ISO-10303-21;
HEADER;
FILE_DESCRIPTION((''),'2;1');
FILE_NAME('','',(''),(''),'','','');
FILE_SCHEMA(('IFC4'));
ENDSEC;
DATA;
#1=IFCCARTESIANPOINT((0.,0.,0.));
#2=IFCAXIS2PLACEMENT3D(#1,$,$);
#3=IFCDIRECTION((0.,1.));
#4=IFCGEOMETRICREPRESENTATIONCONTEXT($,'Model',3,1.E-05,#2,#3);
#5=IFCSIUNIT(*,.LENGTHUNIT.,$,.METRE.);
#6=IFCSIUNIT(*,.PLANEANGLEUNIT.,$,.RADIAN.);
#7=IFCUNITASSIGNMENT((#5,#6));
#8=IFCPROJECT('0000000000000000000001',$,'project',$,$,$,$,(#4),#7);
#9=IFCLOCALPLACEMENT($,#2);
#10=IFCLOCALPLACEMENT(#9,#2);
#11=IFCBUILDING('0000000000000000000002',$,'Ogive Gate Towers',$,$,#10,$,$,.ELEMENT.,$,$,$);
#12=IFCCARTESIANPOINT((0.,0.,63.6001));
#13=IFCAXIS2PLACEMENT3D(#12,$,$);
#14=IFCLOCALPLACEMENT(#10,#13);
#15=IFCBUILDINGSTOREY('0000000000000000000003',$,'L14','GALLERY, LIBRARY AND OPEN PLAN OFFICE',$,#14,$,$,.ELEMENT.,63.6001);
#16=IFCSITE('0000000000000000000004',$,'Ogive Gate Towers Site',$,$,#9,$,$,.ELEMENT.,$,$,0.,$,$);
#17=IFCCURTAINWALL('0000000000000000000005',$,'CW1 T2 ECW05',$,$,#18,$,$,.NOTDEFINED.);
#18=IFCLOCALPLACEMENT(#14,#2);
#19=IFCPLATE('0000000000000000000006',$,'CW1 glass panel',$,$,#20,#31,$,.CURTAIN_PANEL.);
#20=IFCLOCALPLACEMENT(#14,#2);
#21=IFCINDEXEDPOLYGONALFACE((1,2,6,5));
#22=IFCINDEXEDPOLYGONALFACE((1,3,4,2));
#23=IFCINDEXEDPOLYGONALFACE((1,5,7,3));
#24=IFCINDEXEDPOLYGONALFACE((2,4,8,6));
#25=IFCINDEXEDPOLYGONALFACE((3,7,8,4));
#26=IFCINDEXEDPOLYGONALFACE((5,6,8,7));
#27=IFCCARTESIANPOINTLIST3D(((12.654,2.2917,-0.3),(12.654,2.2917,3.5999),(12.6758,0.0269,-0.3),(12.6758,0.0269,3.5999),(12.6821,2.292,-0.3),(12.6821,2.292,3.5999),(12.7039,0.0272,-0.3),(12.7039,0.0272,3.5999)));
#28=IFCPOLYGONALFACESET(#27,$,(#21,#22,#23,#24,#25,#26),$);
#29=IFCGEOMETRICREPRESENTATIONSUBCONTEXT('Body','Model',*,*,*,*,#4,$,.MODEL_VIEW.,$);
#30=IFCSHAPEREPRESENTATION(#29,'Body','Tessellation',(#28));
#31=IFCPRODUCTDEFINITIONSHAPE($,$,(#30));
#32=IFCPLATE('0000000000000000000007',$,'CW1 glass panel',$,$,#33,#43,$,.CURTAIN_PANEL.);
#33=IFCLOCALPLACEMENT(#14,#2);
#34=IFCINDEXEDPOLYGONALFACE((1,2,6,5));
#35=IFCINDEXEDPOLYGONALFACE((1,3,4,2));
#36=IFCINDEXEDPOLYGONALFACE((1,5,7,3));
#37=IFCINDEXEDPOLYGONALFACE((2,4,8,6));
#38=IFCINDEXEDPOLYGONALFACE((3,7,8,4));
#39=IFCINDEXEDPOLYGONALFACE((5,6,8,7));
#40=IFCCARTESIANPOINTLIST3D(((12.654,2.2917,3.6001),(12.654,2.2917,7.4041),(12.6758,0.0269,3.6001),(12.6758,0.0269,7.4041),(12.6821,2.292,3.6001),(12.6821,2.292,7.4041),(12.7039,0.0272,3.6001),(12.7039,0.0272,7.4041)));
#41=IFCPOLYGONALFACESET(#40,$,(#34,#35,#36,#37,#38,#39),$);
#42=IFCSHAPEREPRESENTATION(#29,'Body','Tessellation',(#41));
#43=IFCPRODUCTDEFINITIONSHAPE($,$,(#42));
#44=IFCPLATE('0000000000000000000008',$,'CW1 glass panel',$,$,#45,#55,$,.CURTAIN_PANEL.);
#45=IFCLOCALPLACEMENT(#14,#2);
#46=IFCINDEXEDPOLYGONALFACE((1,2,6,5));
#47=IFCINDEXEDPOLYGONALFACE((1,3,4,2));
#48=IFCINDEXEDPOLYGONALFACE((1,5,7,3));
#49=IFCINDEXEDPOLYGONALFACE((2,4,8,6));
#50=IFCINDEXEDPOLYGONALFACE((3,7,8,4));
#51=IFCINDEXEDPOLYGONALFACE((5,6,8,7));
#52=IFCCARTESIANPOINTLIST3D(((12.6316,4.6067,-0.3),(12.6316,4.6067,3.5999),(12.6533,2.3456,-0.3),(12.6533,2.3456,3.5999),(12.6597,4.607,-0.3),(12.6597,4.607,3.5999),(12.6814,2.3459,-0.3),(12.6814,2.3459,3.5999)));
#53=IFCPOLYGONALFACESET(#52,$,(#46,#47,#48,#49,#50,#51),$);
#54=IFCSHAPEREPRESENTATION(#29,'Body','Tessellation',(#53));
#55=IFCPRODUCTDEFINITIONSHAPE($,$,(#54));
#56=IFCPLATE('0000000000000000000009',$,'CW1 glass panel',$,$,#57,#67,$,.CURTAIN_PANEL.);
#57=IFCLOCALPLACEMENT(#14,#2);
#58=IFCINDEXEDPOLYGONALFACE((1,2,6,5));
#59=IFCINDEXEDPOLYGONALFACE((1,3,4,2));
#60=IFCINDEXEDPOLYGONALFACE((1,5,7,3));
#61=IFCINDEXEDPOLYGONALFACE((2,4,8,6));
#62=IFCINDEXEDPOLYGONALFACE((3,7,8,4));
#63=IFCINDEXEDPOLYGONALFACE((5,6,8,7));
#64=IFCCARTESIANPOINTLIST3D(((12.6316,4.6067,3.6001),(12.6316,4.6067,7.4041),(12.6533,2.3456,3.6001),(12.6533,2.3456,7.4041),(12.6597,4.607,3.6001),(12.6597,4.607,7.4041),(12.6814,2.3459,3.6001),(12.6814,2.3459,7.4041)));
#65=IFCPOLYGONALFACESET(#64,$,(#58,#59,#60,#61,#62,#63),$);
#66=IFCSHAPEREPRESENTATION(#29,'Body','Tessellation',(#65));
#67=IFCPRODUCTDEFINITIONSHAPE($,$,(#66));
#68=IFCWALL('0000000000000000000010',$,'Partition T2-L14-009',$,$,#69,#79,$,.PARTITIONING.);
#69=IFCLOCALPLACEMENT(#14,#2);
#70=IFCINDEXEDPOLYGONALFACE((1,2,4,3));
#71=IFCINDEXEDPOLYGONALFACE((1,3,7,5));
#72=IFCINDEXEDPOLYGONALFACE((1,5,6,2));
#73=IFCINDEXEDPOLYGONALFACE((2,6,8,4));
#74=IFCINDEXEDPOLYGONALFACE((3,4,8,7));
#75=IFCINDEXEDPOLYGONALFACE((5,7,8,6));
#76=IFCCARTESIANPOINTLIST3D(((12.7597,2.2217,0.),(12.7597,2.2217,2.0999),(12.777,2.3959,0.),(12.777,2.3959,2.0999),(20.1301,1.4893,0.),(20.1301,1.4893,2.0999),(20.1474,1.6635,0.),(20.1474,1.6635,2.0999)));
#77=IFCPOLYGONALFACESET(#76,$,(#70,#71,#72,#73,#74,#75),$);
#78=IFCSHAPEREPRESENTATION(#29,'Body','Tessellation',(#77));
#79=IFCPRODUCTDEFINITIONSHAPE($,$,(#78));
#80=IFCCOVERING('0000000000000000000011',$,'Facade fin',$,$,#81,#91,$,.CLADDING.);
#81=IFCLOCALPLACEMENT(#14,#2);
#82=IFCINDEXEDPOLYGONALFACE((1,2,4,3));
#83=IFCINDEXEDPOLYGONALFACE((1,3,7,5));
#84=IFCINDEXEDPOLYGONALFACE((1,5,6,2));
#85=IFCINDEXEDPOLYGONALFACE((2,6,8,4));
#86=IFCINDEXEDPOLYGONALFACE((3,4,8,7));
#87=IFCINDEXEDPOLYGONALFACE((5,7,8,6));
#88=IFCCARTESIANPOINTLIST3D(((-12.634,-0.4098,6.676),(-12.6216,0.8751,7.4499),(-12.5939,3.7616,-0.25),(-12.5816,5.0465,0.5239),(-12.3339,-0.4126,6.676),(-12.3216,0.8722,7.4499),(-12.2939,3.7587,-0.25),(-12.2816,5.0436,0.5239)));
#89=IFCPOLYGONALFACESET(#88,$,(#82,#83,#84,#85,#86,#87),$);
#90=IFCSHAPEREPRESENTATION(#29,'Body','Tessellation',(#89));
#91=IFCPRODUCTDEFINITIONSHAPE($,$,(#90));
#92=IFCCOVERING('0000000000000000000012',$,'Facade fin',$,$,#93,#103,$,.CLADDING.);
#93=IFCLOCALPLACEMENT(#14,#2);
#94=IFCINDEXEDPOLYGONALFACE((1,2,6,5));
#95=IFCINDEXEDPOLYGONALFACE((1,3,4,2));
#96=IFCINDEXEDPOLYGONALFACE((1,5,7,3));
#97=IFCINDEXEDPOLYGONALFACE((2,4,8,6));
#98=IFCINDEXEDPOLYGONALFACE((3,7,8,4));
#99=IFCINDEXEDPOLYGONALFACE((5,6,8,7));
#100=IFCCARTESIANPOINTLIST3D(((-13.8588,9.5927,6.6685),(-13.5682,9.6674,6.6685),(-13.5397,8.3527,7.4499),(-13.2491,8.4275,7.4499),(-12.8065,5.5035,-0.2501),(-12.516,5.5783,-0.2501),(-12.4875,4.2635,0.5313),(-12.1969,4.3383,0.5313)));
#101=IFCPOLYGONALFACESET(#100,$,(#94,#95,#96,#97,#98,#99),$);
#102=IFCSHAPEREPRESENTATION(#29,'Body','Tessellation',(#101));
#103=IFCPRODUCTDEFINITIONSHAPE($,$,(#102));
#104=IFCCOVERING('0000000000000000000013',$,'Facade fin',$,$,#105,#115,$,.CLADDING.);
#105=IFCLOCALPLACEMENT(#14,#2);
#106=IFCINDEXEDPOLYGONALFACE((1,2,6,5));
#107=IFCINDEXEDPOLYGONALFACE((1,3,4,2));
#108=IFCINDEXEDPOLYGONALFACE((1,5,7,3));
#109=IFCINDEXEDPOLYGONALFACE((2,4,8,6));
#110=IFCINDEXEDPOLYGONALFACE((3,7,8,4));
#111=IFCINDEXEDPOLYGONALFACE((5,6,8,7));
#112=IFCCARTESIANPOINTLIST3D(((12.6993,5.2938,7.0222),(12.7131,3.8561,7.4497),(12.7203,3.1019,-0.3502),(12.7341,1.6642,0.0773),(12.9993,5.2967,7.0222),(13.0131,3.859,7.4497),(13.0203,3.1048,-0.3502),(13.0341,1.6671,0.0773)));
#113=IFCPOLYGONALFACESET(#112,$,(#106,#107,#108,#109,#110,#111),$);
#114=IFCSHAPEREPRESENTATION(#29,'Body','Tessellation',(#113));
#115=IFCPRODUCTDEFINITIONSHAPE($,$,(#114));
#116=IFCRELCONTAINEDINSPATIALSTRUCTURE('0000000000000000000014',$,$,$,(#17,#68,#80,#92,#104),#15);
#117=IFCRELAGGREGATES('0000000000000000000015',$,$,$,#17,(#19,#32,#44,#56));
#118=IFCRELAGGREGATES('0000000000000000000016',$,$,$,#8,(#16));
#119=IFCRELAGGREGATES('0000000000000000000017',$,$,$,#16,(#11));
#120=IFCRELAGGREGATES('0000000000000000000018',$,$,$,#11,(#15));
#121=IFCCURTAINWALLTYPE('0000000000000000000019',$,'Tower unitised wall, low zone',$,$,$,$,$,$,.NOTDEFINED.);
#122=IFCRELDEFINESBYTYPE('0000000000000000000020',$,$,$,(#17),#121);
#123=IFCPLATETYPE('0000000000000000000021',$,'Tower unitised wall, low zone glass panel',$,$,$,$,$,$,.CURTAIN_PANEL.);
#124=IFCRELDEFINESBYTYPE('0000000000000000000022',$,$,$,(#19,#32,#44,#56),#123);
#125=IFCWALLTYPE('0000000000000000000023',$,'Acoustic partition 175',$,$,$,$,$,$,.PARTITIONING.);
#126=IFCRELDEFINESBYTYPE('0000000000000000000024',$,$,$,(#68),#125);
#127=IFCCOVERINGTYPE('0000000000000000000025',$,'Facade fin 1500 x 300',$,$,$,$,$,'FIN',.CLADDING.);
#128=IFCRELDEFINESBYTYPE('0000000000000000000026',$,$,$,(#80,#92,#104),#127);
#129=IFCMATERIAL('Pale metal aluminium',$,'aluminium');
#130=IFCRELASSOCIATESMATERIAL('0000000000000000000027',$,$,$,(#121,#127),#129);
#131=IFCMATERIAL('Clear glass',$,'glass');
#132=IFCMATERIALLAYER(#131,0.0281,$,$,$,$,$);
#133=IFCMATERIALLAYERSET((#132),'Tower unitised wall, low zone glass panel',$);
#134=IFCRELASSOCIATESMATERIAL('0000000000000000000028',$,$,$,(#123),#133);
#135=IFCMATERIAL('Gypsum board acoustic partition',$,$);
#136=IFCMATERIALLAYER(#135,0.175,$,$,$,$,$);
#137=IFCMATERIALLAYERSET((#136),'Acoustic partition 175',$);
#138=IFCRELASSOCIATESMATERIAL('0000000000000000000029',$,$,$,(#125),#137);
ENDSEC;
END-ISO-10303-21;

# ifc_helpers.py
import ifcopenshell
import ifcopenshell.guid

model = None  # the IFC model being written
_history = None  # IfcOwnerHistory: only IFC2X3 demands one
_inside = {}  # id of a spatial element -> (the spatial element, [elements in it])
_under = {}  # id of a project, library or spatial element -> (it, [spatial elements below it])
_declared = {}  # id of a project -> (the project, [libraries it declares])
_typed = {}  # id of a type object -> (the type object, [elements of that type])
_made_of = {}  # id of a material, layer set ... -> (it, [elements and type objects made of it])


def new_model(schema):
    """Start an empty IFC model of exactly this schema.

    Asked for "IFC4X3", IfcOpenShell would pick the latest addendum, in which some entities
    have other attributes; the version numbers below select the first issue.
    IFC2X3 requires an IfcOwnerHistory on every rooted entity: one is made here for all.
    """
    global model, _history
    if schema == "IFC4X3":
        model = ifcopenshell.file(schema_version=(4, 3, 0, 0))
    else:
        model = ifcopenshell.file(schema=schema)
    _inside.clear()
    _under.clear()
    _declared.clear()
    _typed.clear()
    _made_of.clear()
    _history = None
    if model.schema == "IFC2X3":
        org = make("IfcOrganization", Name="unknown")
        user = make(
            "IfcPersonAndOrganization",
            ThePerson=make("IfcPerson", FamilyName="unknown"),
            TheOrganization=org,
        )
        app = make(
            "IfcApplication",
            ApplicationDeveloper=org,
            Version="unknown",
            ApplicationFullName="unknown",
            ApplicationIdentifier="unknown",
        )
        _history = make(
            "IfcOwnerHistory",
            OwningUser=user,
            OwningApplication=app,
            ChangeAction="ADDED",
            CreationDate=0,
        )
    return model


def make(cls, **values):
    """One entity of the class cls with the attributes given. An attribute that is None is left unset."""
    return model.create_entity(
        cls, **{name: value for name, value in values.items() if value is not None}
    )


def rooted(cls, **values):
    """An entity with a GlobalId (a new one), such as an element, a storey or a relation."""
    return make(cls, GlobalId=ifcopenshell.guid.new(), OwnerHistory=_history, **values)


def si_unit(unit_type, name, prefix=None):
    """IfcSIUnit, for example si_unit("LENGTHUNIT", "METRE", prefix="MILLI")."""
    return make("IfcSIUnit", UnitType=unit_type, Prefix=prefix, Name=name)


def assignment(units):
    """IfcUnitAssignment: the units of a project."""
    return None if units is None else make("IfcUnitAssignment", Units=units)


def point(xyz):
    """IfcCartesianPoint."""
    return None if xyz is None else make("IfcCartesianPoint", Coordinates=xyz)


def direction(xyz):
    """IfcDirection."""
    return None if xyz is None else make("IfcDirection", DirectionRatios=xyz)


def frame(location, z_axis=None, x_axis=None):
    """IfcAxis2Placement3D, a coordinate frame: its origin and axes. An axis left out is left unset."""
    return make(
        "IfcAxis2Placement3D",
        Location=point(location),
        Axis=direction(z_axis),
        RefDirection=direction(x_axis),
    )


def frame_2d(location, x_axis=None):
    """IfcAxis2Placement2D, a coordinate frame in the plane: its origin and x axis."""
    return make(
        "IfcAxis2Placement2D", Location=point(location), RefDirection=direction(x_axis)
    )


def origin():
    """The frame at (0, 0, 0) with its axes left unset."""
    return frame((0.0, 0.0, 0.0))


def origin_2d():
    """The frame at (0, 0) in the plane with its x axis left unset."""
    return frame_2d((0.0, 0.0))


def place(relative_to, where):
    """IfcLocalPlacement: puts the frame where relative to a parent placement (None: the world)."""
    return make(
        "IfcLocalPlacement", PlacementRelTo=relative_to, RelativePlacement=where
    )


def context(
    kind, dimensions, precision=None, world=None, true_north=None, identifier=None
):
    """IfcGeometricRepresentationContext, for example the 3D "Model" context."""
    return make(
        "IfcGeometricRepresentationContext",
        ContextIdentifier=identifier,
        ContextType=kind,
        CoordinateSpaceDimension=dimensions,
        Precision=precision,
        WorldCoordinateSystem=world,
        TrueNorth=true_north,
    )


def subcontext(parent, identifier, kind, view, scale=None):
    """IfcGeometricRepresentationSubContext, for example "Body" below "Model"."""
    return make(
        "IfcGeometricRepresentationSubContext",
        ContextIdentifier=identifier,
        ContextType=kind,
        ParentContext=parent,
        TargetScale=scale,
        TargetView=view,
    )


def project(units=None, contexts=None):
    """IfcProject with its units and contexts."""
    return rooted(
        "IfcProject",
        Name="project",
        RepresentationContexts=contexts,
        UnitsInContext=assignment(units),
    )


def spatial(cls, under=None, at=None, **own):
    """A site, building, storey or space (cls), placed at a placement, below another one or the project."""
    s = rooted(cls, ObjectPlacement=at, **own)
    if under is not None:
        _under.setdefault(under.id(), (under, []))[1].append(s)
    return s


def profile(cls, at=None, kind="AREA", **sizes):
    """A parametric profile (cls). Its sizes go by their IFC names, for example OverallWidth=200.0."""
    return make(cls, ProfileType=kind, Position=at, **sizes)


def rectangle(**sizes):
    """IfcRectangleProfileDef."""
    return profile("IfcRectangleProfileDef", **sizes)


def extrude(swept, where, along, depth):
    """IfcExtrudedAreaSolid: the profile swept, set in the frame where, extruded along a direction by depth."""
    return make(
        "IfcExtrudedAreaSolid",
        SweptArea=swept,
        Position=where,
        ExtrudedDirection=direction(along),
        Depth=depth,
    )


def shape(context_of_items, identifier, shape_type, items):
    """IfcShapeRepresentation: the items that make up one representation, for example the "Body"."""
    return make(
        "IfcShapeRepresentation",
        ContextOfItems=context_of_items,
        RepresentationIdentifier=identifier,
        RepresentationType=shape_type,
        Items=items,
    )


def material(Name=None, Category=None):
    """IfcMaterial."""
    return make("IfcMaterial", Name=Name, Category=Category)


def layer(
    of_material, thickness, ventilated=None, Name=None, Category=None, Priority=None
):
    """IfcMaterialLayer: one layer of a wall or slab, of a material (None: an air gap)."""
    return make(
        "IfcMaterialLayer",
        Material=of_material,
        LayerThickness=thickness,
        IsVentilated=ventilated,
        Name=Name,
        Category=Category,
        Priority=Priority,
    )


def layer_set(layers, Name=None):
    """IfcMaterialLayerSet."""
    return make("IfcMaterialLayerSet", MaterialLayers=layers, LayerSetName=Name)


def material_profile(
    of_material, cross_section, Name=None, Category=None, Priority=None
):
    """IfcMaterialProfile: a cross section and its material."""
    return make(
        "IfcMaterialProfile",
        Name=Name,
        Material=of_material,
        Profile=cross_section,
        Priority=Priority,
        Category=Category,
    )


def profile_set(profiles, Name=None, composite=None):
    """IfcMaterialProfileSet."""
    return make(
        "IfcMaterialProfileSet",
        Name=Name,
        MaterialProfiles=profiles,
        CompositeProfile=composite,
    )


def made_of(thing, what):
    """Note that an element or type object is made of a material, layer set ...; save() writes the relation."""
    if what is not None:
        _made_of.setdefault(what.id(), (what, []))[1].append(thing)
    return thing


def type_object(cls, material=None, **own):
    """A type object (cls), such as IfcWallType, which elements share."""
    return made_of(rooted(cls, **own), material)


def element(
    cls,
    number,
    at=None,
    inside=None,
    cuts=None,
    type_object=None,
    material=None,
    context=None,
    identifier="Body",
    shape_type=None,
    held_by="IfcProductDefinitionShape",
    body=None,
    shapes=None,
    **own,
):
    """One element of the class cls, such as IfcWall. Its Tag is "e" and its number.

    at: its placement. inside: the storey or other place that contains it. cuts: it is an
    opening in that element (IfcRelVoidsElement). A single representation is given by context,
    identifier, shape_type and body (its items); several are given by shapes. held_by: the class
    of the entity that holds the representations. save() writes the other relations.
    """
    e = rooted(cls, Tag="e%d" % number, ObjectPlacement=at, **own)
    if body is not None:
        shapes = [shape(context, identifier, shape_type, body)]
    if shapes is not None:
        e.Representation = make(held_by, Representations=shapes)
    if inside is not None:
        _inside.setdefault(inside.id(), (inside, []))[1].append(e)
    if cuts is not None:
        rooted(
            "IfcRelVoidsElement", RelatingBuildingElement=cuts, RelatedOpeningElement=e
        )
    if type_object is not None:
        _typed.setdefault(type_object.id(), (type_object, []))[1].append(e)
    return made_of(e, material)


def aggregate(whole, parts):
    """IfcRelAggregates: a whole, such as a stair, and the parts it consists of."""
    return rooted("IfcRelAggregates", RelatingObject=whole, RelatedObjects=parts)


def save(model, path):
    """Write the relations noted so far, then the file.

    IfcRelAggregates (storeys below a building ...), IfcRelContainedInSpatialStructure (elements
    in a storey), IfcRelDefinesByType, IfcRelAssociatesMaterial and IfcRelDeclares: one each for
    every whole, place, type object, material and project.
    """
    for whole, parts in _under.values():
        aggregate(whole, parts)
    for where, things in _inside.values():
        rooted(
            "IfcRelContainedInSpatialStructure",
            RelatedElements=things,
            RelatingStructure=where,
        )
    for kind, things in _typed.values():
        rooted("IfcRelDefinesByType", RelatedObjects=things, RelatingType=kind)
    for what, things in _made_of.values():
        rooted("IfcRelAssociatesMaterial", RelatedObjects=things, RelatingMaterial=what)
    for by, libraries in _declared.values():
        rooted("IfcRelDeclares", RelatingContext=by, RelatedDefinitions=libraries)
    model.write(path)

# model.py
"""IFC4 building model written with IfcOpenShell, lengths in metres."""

from ifc_helpers import new_model, si_unit, direction, frame, frame_2d, origin, origin_2d, place, context, subcontext, project, spatial, rectangle, extrude, material, layer, layer_set, material_profile, profile_set, type_object, element, aggregate, save


model = new_model("IFC4")

# Units and contexts
model_context = context("Model", 3, precision=1e-05, world=origin(), true_north=direction((0.0, 1.0)))
body_context = subcontext(model_context, "Body", "Model", "MODEL_VIEW")
ifc_project = project(units=[si_unit("LENGTHUNIT", "METRE"), si_unit("PLANEANGLEUNIT", "RADIAN")], contexts=[model_context])

# Site, building, storey
site_placement = place(None, origin())
site = spatial("IfcSite", under=ifc_project, at=site_placement, Name="Ogive Gate Towers Site", CompositionType="ELEMENT", RefElevation=0.0)
building_placement = place(site_placement, origin())
building = spatial("IfcBuilding", under=site, at=building_placement, Name="Ogive Gate Towers", CompositionType="ELEMENT")
storey_placement = place(building_placement, frame((0.0, 0.0, 63.6001)))
storey = spatial("IfcBuildingStorey", under=building, at=storey_placement, Name="L14", Description="GALLERY, LIBRARY AND OPEN PLAN OFFICE", CompositionType="ELEMENT", Elevation=63.6001)

# Shared definitions
ifc_material_1 = material(Name="Pale metal aluminium", Category="aluminium")
curtain_wall_type = type_object("IfcCurtainWallType", Name="Tower unitised wall, low zone", PredefinedType="NOTDEFINED", material=ifc_material_1)

# Curtain wall
curtain_wall_1_placement = place(storey_placement, origin())
curtain_wall_1 = element("IfcCurtainWall", 1, at=curtain_wall_1_placement, inside=storey, type_object=curtain_wall_type, Name="CW1 T2 ECW05", PredefinedType="NOTDEFINED")

# Plates
ifc_material_2 = material(Name="Clear glass", Category="glass")
ifc_layer_1 = layer(ifc_material_2, 0.0281)
ifc_layer_set_1 = layer_set([ifc_layer_1], Name="Tower unitised wall, low zone glass panel")
plate_type = type_object("IfcPlateType", Name="Tower unitised wall, low zone glass panel", PredefinedType="CURTAIN_PANEL", material=ifc_layer_set_1)
plate_1_placement = place(storey_placement, frame((12.679, 1.1594, -0.3), z_axis=(0.0, 0.0, 1.0), x_axis=(-0.009617, 0.999954, 0.0)))
plate_1 = element("IfcPlate", 2, at=plate_1_placement, type_object=plate_type, Name="CW1 glass panel", PredefinedType="CURTAIN_PANEL", context=body_context, shape_type="SweptSolid", body=[
    extrude(rectangle(XDim=2.2649, YDim=0.0281, at=origin_2d()), origin(), (0.0, 0.0, 1.0), 3.8999),
])
plate_2_placement = place(storey_placement, frame((12.679, 1.1594, 3.6001), z_axis=(0.0, 0.0, 1.0), x_axis=(-0.009617, 0.999954, 0.0)))
plate_2 = element("IfcPlate", 3, at=plate_2_placement, type_object=plate_type, Name="CW1 glass panel", PredefinedType="CURTAIN_PANEL", context=body_context, shape_type="SweptSolid", body=[
    extrude(rectangle(XDim=2.2649, YDim=0.0281, at=origin_2d()), origin(), (0.0, 0.0, 1.0), 3.804),
])
plate_3_placement = place(storey_placement, frame((12.6565, 3.4763, -0.3), z_axis=(0.0, 0.0, 1.0), x_axis=(-0.009582, 0.999954, 0.0)))
plate_3 = element("IfcPlate", 4, at=plate_3_placement, type_object=plate_type, Name="CW1 glass panel", PredefinedType="CURTAIN_PANEL", context=body_context, shape_type="SweptSolid", body=[
    extrude(rectangle(XDim=2.2612, YDim=0.0281, at=origin_2d()), origin(), (0.0, 0.0, 1.0), 3.8999),
])
plate_4_placement = place(storey_placement, frame((12.6565, 3.4763, 3.6001), z_axis=(0.0, 0.0, 1.0), x_axis=(-0.009582, 0.999954, 0.0)))
plate_4 = element("IfcPlate", 5, at=plate_4_placement, type_object=plate_type, Name="CW1 glass panel", PredefinedType="CURTAIN_PANEL", context=body_context, shape_type="SweptSolid", body=[
    extrude(rectangle(XDim=2.2612, YDim=0.0281, at=origin_2d()), origin(), (0.0, 0.0, 1.0), 3.804),
])
aggregate(curtain_wall_1, [plate_1, plate_2, plate_3, plate_4])

# Wall
ifc_material_3 = material(Name="Gypsum board acoustic partition")
ifc_layer_2 = layer(ifc_material_3, 0.175)
ifc_layer_set_2 = layer_set([ifc_layer_2], Name="Acoustic partition 175")
wall_type = type_object("IfcWallType", Name="Acoustic partition 175", PredefinedType="PARTITIONING", material=ifc_layer_set_2)
wall_placement = place(storey_placement, frame((12.7683, 2.3088, 0.0), z_axis=(0.0, 0.0, 1.0), x_axis=(0.995099, -0.098887, 0.0)))
element("IfcWall", 6, at=wall_placement, inside=storey, type_object=wall_type, Name="Partition T2-L14-009", PredefinedType="PARTITIONING", context=body_context, shape_type="SweptSolid", body=[
    extrude(rectangle(XDim=7.4067, YDim=0.175, at=frame_2d((3.7034, 0.0))), origin(), (0.0, 0.0, 1.0), 2.0999),
])

# Coverings
ifc_material_profile_1 = material_profile(ifc_material_1, rectangle(XDim=0.3, YDim=1.5, at=origin_2d()), Name="1500 x 300 pale metal aluminium")
ifc_profile_set_1 = profile_set([ifc_material_profile_1], Name="Pale metal aluminium")
covering_type = type_object("IfcCoveringType", Name="Facade fin 1500 x 300", ElementType="FIN", PredefinedType="CLADDING", material=ifc_profile_set_1)
covering_1_placement = place(storey_placement, frame((-12.4377, 4.4026, 0.137), z_axis=(-0.004952, -0.515923, 0.856621), x_axis=(0.999954, -0.009598, 0.0)))
element("IfcCovering", 7, at=covering_1_placement, inside=storey, type_object=covering_type, Name="Facade fin", PredefinedType="CLADDING", context=body_context, shape_type="SweptSolid", body=[
    extrude(rectangle(XDim=0.3, YDim=1.5, at=origin_2d()), origin(), (0.0, 0.0, 1.0), 8.0852),
])
covering_2_placement = place(storey_placement, frame((-12.5017, 4.9209, 0.1406), z_axis=(-0.129825, 0.504509, 0.85359), x_axis=(-0.968449, -0.24921, 0.0)))
element("IfcCovering", 8, at=covering_2_placement, inside=storey, type_object=covering_type, Name="Facade fin", PredefinedType="CLADDING", context=body_context, shape_type="SweptSolid", body=[
    extrude(rectangle(XDim=0.3, YDim=1.5, at=origin_2d()), origin(), (0.0, 0.0, 1.0), 8.1052),
])
covering_3_placement = place(storey_placement, frame((12.8772, 2.3845, -0.1365), z_axis=(-0.00273, 0.284976, 0.958531), x_axis=(-0.999954, -0.009579, 0.0)))
element("IfcCovering", 9, at=covering_3_placement, inside=storey, type_object=covering_type, Name="Facade fin", PredefinedType="CLADDING", context=body_context, shape_type="SweptSolid", body=[
    extrude(rectangle(XDim=0.3, YDim=1.5, at=origin_2d()), origin(), (0.0, 0.0, 1.0), 7.6914),
])

save(model, "model.ifc")
